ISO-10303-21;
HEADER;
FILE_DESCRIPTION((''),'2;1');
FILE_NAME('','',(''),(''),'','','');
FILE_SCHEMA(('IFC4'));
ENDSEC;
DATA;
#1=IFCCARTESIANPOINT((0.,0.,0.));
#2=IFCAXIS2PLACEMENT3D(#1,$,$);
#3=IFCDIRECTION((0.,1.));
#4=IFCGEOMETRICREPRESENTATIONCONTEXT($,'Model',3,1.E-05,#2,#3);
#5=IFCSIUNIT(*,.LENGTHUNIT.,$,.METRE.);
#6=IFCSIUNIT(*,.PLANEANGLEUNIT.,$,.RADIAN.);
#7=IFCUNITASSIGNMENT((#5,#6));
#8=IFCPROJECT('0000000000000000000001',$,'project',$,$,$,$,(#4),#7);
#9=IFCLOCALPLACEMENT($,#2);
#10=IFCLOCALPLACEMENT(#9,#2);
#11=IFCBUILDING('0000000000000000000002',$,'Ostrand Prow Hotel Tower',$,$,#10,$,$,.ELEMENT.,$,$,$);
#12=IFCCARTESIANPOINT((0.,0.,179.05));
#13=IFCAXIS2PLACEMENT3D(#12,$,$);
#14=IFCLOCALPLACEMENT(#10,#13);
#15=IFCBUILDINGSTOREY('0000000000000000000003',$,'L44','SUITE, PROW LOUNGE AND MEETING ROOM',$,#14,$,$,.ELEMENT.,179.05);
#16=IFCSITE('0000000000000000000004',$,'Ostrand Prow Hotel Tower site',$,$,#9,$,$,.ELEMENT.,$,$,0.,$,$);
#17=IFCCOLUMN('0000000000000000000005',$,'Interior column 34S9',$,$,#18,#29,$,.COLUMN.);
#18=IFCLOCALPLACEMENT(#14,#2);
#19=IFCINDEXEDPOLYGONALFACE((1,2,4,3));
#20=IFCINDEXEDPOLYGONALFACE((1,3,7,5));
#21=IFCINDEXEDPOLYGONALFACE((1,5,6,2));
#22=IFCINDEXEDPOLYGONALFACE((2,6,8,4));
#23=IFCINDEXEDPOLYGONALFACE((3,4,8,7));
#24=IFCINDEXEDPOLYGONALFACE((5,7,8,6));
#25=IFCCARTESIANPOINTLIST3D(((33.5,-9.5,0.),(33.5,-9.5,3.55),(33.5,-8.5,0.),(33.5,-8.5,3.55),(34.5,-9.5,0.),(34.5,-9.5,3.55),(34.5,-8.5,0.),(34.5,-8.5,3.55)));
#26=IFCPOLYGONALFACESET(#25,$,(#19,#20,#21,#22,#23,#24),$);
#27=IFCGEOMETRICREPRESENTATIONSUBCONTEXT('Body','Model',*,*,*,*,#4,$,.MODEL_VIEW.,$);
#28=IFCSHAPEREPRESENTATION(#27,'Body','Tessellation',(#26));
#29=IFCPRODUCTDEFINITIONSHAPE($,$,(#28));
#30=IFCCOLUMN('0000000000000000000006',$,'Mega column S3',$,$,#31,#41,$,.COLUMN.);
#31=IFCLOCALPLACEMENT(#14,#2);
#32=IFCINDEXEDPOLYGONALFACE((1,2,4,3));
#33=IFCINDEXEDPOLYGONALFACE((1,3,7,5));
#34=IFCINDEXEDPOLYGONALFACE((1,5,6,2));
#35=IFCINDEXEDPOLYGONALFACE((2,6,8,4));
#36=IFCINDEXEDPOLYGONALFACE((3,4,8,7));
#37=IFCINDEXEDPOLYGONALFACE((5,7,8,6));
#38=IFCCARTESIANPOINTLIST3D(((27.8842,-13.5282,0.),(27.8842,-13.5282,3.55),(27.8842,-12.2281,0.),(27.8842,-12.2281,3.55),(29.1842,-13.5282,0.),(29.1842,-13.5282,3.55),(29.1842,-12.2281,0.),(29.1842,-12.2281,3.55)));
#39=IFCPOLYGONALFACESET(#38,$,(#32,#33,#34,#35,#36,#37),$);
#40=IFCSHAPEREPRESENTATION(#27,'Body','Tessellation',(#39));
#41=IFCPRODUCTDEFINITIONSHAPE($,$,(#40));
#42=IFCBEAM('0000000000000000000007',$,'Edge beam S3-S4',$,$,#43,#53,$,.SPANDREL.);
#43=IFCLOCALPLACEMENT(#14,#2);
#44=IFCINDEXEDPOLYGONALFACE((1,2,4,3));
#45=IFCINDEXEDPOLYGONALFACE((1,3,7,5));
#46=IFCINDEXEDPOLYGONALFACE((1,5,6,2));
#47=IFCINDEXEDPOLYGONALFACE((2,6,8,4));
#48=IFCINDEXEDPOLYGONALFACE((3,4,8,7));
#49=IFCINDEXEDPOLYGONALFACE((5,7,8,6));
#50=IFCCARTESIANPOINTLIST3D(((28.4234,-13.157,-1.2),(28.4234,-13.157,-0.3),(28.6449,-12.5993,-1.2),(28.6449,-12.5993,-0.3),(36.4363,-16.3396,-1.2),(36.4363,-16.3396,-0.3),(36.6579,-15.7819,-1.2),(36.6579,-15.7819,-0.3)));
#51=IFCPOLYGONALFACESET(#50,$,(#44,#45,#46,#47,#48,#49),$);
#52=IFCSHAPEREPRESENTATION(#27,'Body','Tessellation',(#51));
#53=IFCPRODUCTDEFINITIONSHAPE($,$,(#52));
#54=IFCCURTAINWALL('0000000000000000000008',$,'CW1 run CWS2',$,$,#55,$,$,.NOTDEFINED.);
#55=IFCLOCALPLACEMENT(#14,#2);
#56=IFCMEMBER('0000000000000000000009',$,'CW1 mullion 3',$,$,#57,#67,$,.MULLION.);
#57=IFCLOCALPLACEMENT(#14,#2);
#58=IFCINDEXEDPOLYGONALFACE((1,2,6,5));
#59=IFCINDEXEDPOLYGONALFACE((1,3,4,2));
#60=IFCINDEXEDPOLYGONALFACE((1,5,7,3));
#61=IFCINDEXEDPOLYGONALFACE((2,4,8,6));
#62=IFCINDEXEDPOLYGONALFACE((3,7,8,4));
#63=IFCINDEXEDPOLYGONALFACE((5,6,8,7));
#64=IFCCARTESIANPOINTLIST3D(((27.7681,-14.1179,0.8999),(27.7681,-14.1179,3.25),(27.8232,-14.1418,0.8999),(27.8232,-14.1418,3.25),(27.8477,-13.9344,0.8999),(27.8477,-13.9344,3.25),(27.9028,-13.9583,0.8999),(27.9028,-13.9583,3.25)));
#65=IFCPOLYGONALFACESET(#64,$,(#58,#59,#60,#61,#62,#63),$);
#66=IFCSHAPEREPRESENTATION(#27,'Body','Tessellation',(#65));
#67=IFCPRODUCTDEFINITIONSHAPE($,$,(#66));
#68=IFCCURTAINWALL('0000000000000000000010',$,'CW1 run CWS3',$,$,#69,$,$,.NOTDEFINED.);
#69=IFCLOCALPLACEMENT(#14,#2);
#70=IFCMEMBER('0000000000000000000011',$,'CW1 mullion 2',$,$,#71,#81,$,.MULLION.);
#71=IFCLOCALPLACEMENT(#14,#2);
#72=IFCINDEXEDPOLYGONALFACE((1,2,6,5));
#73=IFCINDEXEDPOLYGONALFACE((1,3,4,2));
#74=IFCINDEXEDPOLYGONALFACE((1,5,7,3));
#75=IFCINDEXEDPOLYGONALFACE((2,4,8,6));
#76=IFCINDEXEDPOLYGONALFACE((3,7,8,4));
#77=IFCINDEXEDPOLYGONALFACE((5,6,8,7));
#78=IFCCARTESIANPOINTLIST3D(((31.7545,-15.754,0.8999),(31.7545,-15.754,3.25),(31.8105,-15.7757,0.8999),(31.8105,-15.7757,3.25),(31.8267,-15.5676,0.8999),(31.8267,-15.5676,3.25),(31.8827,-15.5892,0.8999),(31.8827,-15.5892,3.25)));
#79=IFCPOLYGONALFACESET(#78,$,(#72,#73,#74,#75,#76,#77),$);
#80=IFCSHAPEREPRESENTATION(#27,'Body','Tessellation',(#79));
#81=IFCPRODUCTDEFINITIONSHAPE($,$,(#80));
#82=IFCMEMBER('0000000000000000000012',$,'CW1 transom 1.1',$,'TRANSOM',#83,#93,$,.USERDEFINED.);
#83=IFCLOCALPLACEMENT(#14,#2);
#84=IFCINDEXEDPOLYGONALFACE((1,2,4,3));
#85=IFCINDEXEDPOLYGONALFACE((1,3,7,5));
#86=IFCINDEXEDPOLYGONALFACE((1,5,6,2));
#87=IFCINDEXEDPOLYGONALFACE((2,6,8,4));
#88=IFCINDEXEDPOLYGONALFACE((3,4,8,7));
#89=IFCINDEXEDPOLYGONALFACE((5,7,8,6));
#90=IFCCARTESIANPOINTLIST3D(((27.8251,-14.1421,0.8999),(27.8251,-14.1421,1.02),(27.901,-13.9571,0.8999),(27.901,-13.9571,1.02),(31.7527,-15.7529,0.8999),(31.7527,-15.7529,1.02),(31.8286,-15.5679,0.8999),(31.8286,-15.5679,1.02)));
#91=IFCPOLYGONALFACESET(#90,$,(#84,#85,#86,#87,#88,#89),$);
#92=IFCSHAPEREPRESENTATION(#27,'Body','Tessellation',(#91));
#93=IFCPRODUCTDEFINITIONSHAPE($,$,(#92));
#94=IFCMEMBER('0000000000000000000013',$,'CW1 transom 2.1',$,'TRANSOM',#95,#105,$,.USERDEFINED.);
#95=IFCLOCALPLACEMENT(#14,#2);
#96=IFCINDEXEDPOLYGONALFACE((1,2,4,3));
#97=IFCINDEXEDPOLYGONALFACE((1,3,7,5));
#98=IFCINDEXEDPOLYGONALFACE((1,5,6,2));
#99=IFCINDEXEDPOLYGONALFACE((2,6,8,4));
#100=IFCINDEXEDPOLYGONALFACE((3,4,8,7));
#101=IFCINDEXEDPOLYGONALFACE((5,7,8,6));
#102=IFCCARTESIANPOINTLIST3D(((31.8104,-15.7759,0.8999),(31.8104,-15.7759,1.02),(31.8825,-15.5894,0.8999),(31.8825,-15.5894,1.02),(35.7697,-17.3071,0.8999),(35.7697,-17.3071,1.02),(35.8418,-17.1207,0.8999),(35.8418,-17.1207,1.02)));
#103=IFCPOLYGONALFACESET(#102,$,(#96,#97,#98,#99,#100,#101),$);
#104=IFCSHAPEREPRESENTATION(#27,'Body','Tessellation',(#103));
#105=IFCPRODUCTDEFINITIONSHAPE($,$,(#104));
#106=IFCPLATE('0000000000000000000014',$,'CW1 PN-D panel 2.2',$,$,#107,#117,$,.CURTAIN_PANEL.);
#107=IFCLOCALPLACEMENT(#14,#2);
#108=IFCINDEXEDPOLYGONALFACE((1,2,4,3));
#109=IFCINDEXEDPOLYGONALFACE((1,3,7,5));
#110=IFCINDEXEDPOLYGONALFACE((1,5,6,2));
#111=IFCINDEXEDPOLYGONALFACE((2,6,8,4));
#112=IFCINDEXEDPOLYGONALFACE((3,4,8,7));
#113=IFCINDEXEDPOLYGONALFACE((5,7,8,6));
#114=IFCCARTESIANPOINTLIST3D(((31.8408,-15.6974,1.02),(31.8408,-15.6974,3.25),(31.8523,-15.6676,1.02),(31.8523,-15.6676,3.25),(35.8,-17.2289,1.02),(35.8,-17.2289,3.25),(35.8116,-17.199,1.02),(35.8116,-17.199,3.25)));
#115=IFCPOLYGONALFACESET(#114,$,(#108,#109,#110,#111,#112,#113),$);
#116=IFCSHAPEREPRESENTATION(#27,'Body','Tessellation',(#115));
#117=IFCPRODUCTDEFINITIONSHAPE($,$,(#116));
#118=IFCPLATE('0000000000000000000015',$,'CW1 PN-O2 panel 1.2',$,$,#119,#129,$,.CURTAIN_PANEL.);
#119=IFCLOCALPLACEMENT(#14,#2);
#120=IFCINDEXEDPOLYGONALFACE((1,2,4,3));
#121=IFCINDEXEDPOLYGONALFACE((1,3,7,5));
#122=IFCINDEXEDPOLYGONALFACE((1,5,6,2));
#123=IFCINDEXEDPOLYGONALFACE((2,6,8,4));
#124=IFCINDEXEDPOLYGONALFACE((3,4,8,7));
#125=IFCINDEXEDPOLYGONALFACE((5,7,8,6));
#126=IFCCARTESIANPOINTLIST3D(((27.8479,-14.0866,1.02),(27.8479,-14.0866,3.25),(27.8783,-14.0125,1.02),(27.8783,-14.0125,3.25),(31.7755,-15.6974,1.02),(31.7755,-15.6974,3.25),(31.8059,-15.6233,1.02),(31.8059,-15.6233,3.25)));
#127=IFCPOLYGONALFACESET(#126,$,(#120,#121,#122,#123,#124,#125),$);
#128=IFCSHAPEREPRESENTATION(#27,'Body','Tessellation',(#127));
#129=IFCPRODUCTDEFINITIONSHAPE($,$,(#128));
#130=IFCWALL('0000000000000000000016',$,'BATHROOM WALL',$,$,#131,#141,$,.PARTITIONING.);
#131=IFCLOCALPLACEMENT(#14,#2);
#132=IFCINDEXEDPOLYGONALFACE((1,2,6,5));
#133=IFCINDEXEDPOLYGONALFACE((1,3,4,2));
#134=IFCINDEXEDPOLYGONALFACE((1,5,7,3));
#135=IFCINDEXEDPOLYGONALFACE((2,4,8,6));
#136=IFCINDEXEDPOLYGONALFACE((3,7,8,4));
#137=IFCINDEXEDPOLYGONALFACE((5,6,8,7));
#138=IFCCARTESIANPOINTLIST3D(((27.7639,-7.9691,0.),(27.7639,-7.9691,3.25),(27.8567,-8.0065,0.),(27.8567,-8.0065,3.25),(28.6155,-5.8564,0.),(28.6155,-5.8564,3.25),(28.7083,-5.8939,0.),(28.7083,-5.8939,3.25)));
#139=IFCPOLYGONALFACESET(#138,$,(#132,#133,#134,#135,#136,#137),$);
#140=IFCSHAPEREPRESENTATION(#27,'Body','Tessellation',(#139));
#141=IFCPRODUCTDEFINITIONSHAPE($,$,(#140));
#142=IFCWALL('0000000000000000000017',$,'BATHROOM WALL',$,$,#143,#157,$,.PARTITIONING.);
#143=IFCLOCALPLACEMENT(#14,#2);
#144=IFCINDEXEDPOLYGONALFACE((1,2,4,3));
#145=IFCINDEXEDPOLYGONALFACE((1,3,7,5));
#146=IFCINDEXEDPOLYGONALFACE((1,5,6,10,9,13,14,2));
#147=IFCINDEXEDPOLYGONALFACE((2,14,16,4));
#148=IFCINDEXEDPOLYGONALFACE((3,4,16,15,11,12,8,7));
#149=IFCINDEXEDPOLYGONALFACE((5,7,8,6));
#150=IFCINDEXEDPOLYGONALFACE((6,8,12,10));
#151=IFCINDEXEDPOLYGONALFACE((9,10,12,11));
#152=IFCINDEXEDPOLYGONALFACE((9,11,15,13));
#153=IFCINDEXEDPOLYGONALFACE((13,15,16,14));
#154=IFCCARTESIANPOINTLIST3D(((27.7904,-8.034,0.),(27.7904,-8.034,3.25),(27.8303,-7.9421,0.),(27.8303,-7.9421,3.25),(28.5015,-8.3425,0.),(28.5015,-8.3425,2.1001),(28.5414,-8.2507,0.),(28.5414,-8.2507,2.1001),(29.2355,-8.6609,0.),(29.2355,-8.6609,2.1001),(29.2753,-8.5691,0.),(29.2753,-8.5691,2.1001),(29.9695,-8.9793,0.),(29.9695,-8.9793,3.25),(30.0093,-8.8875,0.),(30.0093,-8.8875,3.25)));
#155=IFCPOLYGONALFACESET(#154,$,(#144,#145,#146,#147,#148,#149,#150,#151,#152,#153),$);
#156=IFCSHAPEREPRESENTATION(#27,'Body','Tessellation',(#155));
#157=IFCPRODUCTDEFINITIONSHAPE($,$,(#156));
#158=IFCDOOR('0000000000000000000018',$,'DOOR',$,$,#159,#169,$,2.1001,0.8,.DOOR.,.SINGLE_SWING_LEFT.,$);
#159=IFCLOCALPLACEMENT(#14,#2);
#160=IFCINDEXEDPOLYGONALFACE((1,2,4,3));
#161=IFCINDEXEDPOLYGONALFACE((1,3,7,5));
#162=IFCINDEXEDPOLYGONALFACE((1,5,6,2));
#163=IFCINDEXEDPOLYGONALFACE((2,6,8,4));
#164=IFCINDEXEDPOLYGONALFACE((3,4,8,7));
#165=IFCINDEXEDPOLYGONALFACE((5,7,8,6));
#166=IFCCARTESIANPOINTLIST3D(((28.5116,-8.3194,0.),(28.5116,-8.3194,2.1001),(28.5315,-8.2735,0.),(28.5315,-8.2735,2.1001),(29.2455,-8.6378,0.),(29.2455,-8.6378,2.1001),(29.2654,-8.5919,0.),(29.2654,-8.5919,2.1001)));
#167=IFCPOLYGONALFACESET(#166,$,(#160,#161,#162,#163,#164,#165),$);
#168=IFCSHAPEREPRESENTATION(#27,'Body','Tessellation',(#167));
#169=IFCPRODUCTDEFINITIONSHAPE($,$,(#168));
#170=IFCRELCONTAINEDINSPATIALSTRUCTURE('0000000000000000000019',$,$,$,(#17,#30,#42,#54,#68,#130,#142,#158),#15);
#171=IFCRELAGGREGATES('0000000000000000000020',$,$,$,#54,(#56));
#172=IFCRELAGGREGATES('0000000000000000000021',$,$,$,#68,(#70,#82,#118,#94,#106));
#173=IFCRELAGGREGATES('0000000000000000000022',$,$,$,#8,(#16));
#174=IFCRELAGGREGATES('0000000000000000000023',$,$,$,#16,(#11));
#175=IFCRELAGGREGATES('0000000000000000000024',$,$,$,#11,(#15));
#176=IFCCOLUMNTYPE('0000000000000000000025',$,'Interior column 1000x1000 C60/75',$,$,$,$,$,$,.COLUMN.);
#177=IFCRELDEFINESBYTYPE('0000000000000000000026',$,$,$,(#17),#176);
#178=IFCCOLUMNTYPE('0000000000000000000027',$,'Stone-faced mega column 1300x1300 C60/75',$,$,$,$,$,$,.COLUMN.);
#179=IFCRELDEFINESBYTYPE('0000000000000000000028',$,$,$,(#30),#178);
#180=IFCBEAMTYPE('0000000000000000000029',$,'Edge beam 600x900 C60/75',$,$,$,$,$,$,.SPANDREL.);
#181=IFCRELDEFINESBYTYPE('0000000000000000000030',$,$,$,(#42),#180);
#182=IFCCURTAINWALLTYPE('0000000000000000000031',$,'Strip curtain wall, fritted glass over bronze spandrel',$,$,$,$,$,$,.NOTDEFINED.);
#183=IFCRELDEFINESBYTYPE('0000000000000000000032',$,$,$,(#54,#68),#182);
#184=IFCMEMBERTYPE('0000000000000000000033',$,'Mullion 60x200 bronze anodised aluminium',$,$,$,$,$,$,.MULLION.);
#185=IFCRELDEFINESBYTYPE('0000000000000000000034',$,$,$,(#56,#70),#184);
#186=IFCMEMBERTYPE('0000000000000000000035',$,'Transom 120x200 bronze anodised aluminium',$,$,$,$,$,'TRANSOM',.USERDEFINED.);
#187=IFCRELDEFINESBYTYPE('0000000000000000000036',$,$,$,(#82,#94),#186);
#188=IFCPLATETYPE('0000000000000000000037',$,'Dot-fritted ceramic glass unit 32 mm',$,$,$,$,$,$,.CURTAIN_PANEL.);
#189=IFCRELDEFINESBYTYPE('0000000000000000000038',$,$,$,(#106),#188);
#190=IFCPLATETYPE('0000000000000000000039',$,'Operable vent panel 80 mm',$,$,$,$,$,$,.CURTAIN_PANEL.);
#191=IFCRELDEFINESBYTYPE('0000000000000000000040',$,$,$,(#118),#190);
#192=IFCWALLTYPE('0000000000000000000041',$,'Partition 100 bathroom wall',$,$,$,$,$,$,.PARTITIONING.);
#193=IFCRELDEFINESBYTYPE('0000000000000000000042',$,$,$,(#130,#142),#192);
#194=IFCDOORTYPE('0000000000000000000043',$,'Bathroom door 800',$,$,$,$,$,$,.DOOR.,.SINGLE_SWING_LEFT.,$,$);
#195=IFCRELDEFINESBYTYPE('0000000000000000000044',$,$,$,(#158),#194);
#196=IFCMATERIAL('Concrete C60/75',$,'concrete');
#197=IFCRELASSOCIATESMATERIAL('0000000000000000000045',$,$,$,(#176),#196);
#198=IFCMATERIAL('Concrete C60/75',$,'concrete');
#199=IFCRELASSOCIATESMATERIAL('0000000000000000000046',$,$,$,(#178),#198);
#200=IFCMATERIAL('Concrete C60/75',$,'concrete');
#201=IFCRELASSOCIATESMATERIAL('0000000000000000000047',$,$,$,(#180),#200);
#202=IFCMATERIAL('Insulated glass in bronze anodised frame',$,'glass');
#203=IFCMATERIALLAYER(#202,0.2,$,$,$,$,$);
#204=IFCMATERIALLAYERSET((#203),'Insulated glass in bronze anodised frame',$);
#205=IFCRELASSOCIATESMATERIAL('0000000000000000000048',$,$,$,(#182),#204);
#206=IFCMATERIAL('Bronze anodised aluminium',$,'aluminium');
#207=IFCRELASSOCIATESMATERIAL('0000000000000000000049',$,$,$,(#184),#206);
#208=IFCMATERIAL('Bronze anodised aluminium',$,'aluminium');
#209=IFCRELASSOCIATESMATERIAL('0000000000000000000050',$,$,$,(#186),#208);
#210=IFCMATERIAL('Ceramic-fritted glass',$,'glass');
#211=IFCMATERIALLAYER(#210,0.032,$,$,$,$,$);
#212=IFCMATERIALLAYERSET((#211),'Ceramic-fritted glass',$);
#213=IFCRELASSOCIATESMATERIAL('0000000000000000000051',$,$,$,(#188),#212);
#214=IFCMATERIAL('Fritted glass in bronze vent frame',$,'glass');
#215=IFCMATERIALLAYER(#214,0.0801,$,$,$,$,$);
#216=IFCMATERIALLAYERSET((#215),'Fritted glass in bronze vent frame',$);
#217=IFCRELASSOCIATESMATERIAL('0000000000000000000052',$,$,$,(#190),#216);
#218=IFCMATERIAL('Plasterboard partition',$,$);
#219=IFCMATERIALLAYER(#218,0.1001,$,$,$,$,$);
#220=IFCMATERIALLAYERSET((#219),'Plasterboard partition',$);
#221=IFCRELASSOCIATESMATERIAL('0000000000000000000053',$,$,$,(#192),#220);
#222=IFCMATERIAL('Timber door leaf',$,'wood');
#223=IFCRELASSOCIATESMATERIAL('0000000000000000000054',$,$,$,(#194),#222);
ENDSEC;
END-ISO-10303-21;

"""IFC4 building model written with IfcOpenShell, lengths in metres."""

from ifc_helpers import new_model, si_unit, direction, frame, frame_2d, origin, origin_2d, place, context, subcontext, project, spatial, rectangle, extrude, material, layer, layer_set, material_profile, profile_set, type_object, element, fill, aggregate, save


model = new_model("IFC4")

# Units and contexts
model_context = context("Model", 3, precision=1e-05, world=origin(), true_north=direction((0.0, 1.0)))
body_context = subcontext(model_context, "Body", "Model", "MODEL_VIEW")
ifc_project = project(units=[si_unit("LENGTHUNIT", "METRE"), si_unit("PLANEANGLEUNIT", "RADIAN")], contexts=[model_context])

# Site, building, storey
site_placement = place(None, origin())
site = spatial("IfcSite", under=ifc_project, at=site_placement, Name="Ostrand Prow Hotel Tower site", CompositionType="ELEMENT", RefElevation=0.0)
building_placement = place(site_placement, origin())
building = spatial("IfcBuilding", under=site, at=building_placement, Name="Ostrand Prow Hotel Tower", CompositionType="ELEMENT")
storey_placement = place(building_placement, frame((0.0, 0.0, 179.05)))
storey = spatial("IfcBuildingStorey", under=building, at=storey_placement, Name="L44", Description="SUITE, PROW LOUNGE AND MEETING ROOM", CompositionType="ELEMENT", Elevation=179.05)

# Columns
ifc_material_1 = material(Name="Concrete C60/75", Category="concrete")
ifc_material_profile_1 = material_profile(ifc_material_1, rectangle(XDim=1.0, YDim=1.0, at=origin_2d()), Name="RC 1000x1000")
ifc_profile_set_1 = profile_set([ifc_material_profile_1], Name="Concrete C60/75")
column_type_1 = type_object("IfcColumnType", Name="Interior column 1000x1000 C60/75", PredefinedType="COLUMN", material=ifc_profile_set_1)
column_1_placement = place(storey_placement, frame((34.0, -9.0, 0.0), z_axis=(0.0, 0.0, 1.0), x_axis=(1.0, 0.0, 0.0)))
element("IfcColumn", 1, at=column_1_placement, inside=storey, type_object=column_type_1, Name="Interior column 34S9", PredefinedType="COLUMN", context=body_context, shape_type="SweptSolid", body=[
    extrude(rectangle(XDim=1.0, YDim=1.0, at=origin_2d()), origin(), (0.0, 0.0, 1.0), 3.55),
])
ifc_material_2 = material(Name="Concrete C60/75", Category="concrete")
ifc_material_profile_2 = material_profile(ifc_material_2, rectangle(XDim=1.3, YDim=1.3, at=origin_2d()), Name="RC 1300x1300")
ifc_profile_set_2 = profile_set([ifc_material_profile_2], Name="Concrete C60/75")
column_type_2 = type_object("IfcColumnType", Name="Stone-faced mega column 1300x1300 C60/75", PredefinedType="COLUMN", material=ifc_profile_set_2)
column_2_placement = place(storey_placement, frame((28.5342, -12.8782, 0.0), z_axis=(0.0, 0.0, 1.0), x_axis=(1.0, 0.0, 0.0)))
element("IfcColumn", 2, at=column_2_placement, inside=storey, type_object=column_type_2, Name="Mega column S3", PredefinedType="COLUMN", context=body_context, shape_type="SweptSolid", body=[
    extrude(rectangle(XDim=1.3, YDim=1.3, at=origin_2d()), origin(), (0.0, 0.0, 1.0), 3.55),
])

# Beam
ifc_material_3 = material(Name="Concrete C60/75", Category="concrete")
ifc_material_profile_3 = material_profile(ifc_material_3, rectangle(XDim=0.6001, YDim=0.8999, at=origin_2d()), Name="RC 600x900")
ifc_profile_set_3 = profile_set([ifc_material_profile_3], Name="Concrete C60/75")
beam_type = type_object("IfcBeamType", Name="Edge beam 600x900 C60/75", PredefinedType="SPANDREL", material=ifc_profile_set_3)
beam_placement = place(storey_placement, frame((28.5342, -12.8782, -0.75), z_axis=(0.929376, -0.369134, 0.0), x_axis=(0.369134, 0.929376, 0.0)))
element("IfcBeam", 3, at=beam_placement, inside=storey, type_object=beam_type, Name="Edge beam S3-S4", PredefinedType="SPANDREL", context=body_context, shape_type="SweptSolid", body=[
    extrude(rectangle(XDim=0.6001, YDim=0.8999, at=origin_2d()), origin(), (0.0, 0.0, 1.0), 8.6218),
])

# Curtain wall, member
ifc_material_4 = material(Name="Insulated glass in bronze anodised frame", Category="glass")
ifc_layer_1 = layer(ifc_material_4, 0.2)
ifc_layer_set_1 = layer_set([ifc_layer_1], Name="Insulated glass in bronze anodised frame")
curtain_wall_type = type_object("IfcCurtainWallType", Name="Strip curtain wall, fritted glass over bronze spandrel", PredefinedType="NOTDEFINED", material=ifc_layer_set_1)
curtain_wall_1_placement = place(storey_placement, origin())
curtain_wall_1 = element("IfcCurtainWall", 4, at=curtain_wall_1_placement, inside=storey, type_object=curtain_wall_type, Name="CW1 run CWS2", PredefinedType="NOTDEFINED")
ifc_material_5 = material(Name="Bronze anodised aluminium", Category="aluminium")
ifc_material_profile_4 = material_profile(ifc_material_5, rectangle(XDim=0.2, YDim=0.0601, at=origin_2d()), Name="Mullion 60x200 bronze anodised aluminium")
ifc_profile_set_4 = profile_set([ifc_material_profile_4], Name="Bronze anodised aluminium")
member_type_1 = type_object("IfcMemberType", Name="Mullion 60x200 bronze anodised aluminium", PredefinedType="MULLION", material=ifc_profile_set_4)
member_1_placement = place(storey_placement, frame((27.8354, -14.0381, 0.8999), z_axis=(0.0, 0.0, 1.0), x_axis=(0.398005, 0.917383, 0.0)))
member_1 = element("IfcMember", 5, at=member_1_placement, type_object=member_type_1, Name="CW1 mullion 3", PredefinedType="MULLION", context=body_context, shape_type="SweptSolid", body=[
    extrude(rectangle(XDim=0.2, YDim=0.0601, at=origin_2d()), origin(), (0.0, 0.0, 1.0), 2.3501),
])
aggregate(curtain_wall_1, [member_1])

# Curtain wall, members, plates
curtain_wall_2_placement = place(storey_placement, origin())
curtain_wall_2 = element("IfcCurtainWall", 6, at=curtain_wall_2_placement, inside=storey, type_object=curtain_wall_type, Name="CW1 run CWS3", PredefinedType="NOTDEFINED")
member_2_placement = place(storey_placement, frame((31.8186, -15.6716, 0.8999), z_axis=(0.0, 0.0, 1.0), x_axis=(0.360749, 0.932663, 0.0)))
member_2 = element("IfcMember", 7, at=member_2_placement, type_object=member_type_1, Name="CW1 mullion 2", PredefinedType="MULLION", context=body_context, shape_type="SweptSolid", body=[
    extrude(rectangle(XDim=0.2, YDim=0.0601, at=origin_2d()), origin(), (0.0, 0.0, 1.0), 2.3501),
])
ifc_material_6 = material(Name="Bronze anodised aluminium", Category="aluminium")
ifc_material_profile_5 = material_profile(ifc_material_6, rectangle(XDim=0.2, YDim=0.1201, at=origin_2d()), Name="Transom 120x200 bronze anodised aluminium")
ifc_profile_set_5 = profile_set([ifc_material_profile_5], Name="Bronze anodised aluminium")
member_type_2 = type_object("IfcMemberType", Name="Transom 120x200 bronze anodised aluminium", ElementType="TRANSOM", PredefinedType="USERDEFINED", material=ifc_profile_set_5)
member_3_placement = place(storey_placement, frame((27.863, -14.0496, 0.96), z_axis=(0.925213, -0.379448, 0.0), x_axis=(0.379448, 0.925213, 0.0)))
member_3 = element("IfcMember", 8, at=member_3_placement, type_object=member_type_2, Name="CW1 transom 1.1", ObjectType="TRANSOM", PredefinedType="USERDEFINED", context=body_context, shape_type="SweptSolid", body=[
    extrude(rectangle(XDim=0.2, YDim=0.1201, at=origin_2d()), origin(), (0.0, 0.0, 1.0), 4.2451),
])
member_4_placement = place(storey_placement, frame((31.8464, -15.6826, 0.96), z_axis=(0.932675, -0.360717, 0.0), x_axis=(0.360717, 0.932675, 0.0)))
member_4 = element("IfcMember", 9, at=member_4_placement, type_object=member_type_2, Name="CW1 transom 2.1", ObjectType="TRANSOM", PredefinedType="USERDEFINED", context=body_context, shape_type="SweptSolid", body=[
    extrude(rectangle(XDim=0.2, YDim=0.1201, at=origin_2d()), origin(), (0.0, 0.0, 1.0), 4.2451),
])
ifc_material_7 = material(Name="Ceramic-fritted glass", Category="glass")
ifc_layer_2 = layer(ifc_material_7, 0.032)
ifc_layer_set_2 = layer_set([ifc_layer_2], Name="Ceramic-fritted glass")
plate_type_1 = type_object("IfcPlateType", Name="Dot-fritted ceramic glass unit 32 mm", PredefinedType="CURTAIN_PANEL", material=ifc_layer_set_2)
plate_1_placement = place(storey_placement, frame((33.8262, -16.4482, 1.02), z_axis=(0.0, 0.0, 1.0), x_axis=(0.932663, -0.360749, 0.0)))
plate_1 = element("IfcPlate", 10, at=plate_1_placement, type_object=plate_type_1, Name="CW1 PN-D panel 2.2", PredefinedType="CURTAIN_PANEL", context=body_context, shape_type="SweptSolid", body=[
    extrude(rectangle(XDim=4.2451, YDim=0.032, at=origin_2d()), origin(), (0.0, 0.0, 1.0), 2.23),
])
ifc_material_8 = material(Name="Fritted glass in bronze vent frame", Category="glass")
ifc_layer_3 = layer(ifc_material_8, 0.0801)
ifc_layer_set_3 = layer_set([ifc_layer_3], Name="Fritted glass in bronze vent frame")
plate_type_2 = type_object("IfcPlateType", Name="Operable vent panel 80 mm", PredefinedType="CURTAIN_PANEL", material=ifc_layer_set_3)
plate_2_placement = place(storey_placement, frame((29.8269, -14.855, 1.02), z_axis=(0.0, 0.0, 1.0), x_axis=(0.925211, -0.379453, 0.0)))
plate_2 = element("IfcPlate", 11, at=plate_2_placement, type_object=plate_type_2, Name="CW1 PN-O2 panel 1.2", PredefinedType="CURTAIN_PANEL", context=body_context, shape_type="SweptSolid", body=[
    extrude(rectangle(XDim=4.2451, YDim=0.0801, at=origin_2d()), origin(), (0.0, 0.0, 1.0), 2.23),
])
aggregate(curtain_wall_2, [member_2, member_3, plate_2, member_4, plate_1])

# Wall
ifc_material_9 = material(Name="Plasterboard partition")
ifc_layer_4 = layer(ifc_material_9, 0.1001)
ifc_layer_set_4 = layer_set([ifc_layer_4], Name="Plasterboard partition")
wall_type_1 = type_object("IfcWallType", Name="Partition 100 bathroom wall", PredefinedType="PARTITIONING", material=ifc_layer_set_4)
wall_1_placement = place(storey_placement, frame((27.8103, -7.9878, 0.0), z_axis=(0.0, 0.0, 1.0), x_axis=(0.373866, 0.927483, 0.0)))
element("IfcWall", 12, at=wall_1_placement, inside=storey, type_object=wall_type_1, Name="BATHROOM WALL", PredefinedType="PARTITIONING", context=body_context, shape_type="SweptSolid", body=[
    extrude(rectangle(XDim=2.2778, YDim=0.1001, at=frame_2d((1.1389, 0.0))), origin(), (0.0, 0.0, 1.0), 3.25),
])

# Wall, opening, door
wall_2_placement = place(storey_placement, frame((29.9893, -8.9333, 0.0), z_axis=(0.0, 0.0, 1.0), x_axis=(-0.917387, 0.397997, 0.0)))
wall_2 = element("IfcWall", 13, at=wall_2_placement, inside=storey, type_object=wall_type_1, Name="BATHROOM WALL", PredefinedType="PARTITIONING", context=body_context, shape_type="SweptSolid", body=[
    extrude(rectangle(XDim=2.3752, YDim=0.1001, at=frame_2d((1.1875, 0.0))), origin(), (0.0, 0.0, 1.0), 3.25),
])
opening_1_placement = place(wall_2_placement, frame((0.8, 0.0, 0.0)))
opening_1 = element("IfcOpeningElement", 14, at=opening_1_placement, cuts=wall_2, PredefinedType="OPENING", context=body_context, shape_type="SweptSolid", body=[
    extrude(rectangle(XDim=0.8, YDim=2.1001, at=frame_2d((0.3999, 1.05))), frame((0.0, 0.0601, 0.0), z_axis=(0.0, -1.0, 0.0), x_axis=(1.0, 0.0, 0.0)), (0.0, 0.0, 1.0), 0.1201),
])
ifc_material_10 = material(Name="Timber door leaf", Category="wood")
door_type_1 = type_object("IfcDoorType", Name="Bathroom door 800", OperationType="SINGLE_SWING_LEFT", PredefinedType="DOOR", material=ifc_material_10)
door_1_placement = place(opening_1_placement, origin())
door_1 = element("IfcDoor", 15, at=door_1_placement, inside=storey, type_object=door_type_1, Name="DOOR", OperationType="SINGLE_SWING_LEFT", OverallHeight=2.1001, OverallWidth=0.8, PredefinedType="DOOR", context=body_context, shape_type="SweptSolid", body=[
    extrude(rectangle(XDim=0.8, YDim=2.1001, at=frame_2d((0.3999, 1.05))), frame((0.0, 0.0249, 0.0), z_axis=(0.0, -1.0, 0.0), x_axis=(1.0, 0.0, 0.0)), (0.0, 0.0, 1.0), 0.05),
])
fill(opening_1, door_1)

save(model, "model.ifc")
